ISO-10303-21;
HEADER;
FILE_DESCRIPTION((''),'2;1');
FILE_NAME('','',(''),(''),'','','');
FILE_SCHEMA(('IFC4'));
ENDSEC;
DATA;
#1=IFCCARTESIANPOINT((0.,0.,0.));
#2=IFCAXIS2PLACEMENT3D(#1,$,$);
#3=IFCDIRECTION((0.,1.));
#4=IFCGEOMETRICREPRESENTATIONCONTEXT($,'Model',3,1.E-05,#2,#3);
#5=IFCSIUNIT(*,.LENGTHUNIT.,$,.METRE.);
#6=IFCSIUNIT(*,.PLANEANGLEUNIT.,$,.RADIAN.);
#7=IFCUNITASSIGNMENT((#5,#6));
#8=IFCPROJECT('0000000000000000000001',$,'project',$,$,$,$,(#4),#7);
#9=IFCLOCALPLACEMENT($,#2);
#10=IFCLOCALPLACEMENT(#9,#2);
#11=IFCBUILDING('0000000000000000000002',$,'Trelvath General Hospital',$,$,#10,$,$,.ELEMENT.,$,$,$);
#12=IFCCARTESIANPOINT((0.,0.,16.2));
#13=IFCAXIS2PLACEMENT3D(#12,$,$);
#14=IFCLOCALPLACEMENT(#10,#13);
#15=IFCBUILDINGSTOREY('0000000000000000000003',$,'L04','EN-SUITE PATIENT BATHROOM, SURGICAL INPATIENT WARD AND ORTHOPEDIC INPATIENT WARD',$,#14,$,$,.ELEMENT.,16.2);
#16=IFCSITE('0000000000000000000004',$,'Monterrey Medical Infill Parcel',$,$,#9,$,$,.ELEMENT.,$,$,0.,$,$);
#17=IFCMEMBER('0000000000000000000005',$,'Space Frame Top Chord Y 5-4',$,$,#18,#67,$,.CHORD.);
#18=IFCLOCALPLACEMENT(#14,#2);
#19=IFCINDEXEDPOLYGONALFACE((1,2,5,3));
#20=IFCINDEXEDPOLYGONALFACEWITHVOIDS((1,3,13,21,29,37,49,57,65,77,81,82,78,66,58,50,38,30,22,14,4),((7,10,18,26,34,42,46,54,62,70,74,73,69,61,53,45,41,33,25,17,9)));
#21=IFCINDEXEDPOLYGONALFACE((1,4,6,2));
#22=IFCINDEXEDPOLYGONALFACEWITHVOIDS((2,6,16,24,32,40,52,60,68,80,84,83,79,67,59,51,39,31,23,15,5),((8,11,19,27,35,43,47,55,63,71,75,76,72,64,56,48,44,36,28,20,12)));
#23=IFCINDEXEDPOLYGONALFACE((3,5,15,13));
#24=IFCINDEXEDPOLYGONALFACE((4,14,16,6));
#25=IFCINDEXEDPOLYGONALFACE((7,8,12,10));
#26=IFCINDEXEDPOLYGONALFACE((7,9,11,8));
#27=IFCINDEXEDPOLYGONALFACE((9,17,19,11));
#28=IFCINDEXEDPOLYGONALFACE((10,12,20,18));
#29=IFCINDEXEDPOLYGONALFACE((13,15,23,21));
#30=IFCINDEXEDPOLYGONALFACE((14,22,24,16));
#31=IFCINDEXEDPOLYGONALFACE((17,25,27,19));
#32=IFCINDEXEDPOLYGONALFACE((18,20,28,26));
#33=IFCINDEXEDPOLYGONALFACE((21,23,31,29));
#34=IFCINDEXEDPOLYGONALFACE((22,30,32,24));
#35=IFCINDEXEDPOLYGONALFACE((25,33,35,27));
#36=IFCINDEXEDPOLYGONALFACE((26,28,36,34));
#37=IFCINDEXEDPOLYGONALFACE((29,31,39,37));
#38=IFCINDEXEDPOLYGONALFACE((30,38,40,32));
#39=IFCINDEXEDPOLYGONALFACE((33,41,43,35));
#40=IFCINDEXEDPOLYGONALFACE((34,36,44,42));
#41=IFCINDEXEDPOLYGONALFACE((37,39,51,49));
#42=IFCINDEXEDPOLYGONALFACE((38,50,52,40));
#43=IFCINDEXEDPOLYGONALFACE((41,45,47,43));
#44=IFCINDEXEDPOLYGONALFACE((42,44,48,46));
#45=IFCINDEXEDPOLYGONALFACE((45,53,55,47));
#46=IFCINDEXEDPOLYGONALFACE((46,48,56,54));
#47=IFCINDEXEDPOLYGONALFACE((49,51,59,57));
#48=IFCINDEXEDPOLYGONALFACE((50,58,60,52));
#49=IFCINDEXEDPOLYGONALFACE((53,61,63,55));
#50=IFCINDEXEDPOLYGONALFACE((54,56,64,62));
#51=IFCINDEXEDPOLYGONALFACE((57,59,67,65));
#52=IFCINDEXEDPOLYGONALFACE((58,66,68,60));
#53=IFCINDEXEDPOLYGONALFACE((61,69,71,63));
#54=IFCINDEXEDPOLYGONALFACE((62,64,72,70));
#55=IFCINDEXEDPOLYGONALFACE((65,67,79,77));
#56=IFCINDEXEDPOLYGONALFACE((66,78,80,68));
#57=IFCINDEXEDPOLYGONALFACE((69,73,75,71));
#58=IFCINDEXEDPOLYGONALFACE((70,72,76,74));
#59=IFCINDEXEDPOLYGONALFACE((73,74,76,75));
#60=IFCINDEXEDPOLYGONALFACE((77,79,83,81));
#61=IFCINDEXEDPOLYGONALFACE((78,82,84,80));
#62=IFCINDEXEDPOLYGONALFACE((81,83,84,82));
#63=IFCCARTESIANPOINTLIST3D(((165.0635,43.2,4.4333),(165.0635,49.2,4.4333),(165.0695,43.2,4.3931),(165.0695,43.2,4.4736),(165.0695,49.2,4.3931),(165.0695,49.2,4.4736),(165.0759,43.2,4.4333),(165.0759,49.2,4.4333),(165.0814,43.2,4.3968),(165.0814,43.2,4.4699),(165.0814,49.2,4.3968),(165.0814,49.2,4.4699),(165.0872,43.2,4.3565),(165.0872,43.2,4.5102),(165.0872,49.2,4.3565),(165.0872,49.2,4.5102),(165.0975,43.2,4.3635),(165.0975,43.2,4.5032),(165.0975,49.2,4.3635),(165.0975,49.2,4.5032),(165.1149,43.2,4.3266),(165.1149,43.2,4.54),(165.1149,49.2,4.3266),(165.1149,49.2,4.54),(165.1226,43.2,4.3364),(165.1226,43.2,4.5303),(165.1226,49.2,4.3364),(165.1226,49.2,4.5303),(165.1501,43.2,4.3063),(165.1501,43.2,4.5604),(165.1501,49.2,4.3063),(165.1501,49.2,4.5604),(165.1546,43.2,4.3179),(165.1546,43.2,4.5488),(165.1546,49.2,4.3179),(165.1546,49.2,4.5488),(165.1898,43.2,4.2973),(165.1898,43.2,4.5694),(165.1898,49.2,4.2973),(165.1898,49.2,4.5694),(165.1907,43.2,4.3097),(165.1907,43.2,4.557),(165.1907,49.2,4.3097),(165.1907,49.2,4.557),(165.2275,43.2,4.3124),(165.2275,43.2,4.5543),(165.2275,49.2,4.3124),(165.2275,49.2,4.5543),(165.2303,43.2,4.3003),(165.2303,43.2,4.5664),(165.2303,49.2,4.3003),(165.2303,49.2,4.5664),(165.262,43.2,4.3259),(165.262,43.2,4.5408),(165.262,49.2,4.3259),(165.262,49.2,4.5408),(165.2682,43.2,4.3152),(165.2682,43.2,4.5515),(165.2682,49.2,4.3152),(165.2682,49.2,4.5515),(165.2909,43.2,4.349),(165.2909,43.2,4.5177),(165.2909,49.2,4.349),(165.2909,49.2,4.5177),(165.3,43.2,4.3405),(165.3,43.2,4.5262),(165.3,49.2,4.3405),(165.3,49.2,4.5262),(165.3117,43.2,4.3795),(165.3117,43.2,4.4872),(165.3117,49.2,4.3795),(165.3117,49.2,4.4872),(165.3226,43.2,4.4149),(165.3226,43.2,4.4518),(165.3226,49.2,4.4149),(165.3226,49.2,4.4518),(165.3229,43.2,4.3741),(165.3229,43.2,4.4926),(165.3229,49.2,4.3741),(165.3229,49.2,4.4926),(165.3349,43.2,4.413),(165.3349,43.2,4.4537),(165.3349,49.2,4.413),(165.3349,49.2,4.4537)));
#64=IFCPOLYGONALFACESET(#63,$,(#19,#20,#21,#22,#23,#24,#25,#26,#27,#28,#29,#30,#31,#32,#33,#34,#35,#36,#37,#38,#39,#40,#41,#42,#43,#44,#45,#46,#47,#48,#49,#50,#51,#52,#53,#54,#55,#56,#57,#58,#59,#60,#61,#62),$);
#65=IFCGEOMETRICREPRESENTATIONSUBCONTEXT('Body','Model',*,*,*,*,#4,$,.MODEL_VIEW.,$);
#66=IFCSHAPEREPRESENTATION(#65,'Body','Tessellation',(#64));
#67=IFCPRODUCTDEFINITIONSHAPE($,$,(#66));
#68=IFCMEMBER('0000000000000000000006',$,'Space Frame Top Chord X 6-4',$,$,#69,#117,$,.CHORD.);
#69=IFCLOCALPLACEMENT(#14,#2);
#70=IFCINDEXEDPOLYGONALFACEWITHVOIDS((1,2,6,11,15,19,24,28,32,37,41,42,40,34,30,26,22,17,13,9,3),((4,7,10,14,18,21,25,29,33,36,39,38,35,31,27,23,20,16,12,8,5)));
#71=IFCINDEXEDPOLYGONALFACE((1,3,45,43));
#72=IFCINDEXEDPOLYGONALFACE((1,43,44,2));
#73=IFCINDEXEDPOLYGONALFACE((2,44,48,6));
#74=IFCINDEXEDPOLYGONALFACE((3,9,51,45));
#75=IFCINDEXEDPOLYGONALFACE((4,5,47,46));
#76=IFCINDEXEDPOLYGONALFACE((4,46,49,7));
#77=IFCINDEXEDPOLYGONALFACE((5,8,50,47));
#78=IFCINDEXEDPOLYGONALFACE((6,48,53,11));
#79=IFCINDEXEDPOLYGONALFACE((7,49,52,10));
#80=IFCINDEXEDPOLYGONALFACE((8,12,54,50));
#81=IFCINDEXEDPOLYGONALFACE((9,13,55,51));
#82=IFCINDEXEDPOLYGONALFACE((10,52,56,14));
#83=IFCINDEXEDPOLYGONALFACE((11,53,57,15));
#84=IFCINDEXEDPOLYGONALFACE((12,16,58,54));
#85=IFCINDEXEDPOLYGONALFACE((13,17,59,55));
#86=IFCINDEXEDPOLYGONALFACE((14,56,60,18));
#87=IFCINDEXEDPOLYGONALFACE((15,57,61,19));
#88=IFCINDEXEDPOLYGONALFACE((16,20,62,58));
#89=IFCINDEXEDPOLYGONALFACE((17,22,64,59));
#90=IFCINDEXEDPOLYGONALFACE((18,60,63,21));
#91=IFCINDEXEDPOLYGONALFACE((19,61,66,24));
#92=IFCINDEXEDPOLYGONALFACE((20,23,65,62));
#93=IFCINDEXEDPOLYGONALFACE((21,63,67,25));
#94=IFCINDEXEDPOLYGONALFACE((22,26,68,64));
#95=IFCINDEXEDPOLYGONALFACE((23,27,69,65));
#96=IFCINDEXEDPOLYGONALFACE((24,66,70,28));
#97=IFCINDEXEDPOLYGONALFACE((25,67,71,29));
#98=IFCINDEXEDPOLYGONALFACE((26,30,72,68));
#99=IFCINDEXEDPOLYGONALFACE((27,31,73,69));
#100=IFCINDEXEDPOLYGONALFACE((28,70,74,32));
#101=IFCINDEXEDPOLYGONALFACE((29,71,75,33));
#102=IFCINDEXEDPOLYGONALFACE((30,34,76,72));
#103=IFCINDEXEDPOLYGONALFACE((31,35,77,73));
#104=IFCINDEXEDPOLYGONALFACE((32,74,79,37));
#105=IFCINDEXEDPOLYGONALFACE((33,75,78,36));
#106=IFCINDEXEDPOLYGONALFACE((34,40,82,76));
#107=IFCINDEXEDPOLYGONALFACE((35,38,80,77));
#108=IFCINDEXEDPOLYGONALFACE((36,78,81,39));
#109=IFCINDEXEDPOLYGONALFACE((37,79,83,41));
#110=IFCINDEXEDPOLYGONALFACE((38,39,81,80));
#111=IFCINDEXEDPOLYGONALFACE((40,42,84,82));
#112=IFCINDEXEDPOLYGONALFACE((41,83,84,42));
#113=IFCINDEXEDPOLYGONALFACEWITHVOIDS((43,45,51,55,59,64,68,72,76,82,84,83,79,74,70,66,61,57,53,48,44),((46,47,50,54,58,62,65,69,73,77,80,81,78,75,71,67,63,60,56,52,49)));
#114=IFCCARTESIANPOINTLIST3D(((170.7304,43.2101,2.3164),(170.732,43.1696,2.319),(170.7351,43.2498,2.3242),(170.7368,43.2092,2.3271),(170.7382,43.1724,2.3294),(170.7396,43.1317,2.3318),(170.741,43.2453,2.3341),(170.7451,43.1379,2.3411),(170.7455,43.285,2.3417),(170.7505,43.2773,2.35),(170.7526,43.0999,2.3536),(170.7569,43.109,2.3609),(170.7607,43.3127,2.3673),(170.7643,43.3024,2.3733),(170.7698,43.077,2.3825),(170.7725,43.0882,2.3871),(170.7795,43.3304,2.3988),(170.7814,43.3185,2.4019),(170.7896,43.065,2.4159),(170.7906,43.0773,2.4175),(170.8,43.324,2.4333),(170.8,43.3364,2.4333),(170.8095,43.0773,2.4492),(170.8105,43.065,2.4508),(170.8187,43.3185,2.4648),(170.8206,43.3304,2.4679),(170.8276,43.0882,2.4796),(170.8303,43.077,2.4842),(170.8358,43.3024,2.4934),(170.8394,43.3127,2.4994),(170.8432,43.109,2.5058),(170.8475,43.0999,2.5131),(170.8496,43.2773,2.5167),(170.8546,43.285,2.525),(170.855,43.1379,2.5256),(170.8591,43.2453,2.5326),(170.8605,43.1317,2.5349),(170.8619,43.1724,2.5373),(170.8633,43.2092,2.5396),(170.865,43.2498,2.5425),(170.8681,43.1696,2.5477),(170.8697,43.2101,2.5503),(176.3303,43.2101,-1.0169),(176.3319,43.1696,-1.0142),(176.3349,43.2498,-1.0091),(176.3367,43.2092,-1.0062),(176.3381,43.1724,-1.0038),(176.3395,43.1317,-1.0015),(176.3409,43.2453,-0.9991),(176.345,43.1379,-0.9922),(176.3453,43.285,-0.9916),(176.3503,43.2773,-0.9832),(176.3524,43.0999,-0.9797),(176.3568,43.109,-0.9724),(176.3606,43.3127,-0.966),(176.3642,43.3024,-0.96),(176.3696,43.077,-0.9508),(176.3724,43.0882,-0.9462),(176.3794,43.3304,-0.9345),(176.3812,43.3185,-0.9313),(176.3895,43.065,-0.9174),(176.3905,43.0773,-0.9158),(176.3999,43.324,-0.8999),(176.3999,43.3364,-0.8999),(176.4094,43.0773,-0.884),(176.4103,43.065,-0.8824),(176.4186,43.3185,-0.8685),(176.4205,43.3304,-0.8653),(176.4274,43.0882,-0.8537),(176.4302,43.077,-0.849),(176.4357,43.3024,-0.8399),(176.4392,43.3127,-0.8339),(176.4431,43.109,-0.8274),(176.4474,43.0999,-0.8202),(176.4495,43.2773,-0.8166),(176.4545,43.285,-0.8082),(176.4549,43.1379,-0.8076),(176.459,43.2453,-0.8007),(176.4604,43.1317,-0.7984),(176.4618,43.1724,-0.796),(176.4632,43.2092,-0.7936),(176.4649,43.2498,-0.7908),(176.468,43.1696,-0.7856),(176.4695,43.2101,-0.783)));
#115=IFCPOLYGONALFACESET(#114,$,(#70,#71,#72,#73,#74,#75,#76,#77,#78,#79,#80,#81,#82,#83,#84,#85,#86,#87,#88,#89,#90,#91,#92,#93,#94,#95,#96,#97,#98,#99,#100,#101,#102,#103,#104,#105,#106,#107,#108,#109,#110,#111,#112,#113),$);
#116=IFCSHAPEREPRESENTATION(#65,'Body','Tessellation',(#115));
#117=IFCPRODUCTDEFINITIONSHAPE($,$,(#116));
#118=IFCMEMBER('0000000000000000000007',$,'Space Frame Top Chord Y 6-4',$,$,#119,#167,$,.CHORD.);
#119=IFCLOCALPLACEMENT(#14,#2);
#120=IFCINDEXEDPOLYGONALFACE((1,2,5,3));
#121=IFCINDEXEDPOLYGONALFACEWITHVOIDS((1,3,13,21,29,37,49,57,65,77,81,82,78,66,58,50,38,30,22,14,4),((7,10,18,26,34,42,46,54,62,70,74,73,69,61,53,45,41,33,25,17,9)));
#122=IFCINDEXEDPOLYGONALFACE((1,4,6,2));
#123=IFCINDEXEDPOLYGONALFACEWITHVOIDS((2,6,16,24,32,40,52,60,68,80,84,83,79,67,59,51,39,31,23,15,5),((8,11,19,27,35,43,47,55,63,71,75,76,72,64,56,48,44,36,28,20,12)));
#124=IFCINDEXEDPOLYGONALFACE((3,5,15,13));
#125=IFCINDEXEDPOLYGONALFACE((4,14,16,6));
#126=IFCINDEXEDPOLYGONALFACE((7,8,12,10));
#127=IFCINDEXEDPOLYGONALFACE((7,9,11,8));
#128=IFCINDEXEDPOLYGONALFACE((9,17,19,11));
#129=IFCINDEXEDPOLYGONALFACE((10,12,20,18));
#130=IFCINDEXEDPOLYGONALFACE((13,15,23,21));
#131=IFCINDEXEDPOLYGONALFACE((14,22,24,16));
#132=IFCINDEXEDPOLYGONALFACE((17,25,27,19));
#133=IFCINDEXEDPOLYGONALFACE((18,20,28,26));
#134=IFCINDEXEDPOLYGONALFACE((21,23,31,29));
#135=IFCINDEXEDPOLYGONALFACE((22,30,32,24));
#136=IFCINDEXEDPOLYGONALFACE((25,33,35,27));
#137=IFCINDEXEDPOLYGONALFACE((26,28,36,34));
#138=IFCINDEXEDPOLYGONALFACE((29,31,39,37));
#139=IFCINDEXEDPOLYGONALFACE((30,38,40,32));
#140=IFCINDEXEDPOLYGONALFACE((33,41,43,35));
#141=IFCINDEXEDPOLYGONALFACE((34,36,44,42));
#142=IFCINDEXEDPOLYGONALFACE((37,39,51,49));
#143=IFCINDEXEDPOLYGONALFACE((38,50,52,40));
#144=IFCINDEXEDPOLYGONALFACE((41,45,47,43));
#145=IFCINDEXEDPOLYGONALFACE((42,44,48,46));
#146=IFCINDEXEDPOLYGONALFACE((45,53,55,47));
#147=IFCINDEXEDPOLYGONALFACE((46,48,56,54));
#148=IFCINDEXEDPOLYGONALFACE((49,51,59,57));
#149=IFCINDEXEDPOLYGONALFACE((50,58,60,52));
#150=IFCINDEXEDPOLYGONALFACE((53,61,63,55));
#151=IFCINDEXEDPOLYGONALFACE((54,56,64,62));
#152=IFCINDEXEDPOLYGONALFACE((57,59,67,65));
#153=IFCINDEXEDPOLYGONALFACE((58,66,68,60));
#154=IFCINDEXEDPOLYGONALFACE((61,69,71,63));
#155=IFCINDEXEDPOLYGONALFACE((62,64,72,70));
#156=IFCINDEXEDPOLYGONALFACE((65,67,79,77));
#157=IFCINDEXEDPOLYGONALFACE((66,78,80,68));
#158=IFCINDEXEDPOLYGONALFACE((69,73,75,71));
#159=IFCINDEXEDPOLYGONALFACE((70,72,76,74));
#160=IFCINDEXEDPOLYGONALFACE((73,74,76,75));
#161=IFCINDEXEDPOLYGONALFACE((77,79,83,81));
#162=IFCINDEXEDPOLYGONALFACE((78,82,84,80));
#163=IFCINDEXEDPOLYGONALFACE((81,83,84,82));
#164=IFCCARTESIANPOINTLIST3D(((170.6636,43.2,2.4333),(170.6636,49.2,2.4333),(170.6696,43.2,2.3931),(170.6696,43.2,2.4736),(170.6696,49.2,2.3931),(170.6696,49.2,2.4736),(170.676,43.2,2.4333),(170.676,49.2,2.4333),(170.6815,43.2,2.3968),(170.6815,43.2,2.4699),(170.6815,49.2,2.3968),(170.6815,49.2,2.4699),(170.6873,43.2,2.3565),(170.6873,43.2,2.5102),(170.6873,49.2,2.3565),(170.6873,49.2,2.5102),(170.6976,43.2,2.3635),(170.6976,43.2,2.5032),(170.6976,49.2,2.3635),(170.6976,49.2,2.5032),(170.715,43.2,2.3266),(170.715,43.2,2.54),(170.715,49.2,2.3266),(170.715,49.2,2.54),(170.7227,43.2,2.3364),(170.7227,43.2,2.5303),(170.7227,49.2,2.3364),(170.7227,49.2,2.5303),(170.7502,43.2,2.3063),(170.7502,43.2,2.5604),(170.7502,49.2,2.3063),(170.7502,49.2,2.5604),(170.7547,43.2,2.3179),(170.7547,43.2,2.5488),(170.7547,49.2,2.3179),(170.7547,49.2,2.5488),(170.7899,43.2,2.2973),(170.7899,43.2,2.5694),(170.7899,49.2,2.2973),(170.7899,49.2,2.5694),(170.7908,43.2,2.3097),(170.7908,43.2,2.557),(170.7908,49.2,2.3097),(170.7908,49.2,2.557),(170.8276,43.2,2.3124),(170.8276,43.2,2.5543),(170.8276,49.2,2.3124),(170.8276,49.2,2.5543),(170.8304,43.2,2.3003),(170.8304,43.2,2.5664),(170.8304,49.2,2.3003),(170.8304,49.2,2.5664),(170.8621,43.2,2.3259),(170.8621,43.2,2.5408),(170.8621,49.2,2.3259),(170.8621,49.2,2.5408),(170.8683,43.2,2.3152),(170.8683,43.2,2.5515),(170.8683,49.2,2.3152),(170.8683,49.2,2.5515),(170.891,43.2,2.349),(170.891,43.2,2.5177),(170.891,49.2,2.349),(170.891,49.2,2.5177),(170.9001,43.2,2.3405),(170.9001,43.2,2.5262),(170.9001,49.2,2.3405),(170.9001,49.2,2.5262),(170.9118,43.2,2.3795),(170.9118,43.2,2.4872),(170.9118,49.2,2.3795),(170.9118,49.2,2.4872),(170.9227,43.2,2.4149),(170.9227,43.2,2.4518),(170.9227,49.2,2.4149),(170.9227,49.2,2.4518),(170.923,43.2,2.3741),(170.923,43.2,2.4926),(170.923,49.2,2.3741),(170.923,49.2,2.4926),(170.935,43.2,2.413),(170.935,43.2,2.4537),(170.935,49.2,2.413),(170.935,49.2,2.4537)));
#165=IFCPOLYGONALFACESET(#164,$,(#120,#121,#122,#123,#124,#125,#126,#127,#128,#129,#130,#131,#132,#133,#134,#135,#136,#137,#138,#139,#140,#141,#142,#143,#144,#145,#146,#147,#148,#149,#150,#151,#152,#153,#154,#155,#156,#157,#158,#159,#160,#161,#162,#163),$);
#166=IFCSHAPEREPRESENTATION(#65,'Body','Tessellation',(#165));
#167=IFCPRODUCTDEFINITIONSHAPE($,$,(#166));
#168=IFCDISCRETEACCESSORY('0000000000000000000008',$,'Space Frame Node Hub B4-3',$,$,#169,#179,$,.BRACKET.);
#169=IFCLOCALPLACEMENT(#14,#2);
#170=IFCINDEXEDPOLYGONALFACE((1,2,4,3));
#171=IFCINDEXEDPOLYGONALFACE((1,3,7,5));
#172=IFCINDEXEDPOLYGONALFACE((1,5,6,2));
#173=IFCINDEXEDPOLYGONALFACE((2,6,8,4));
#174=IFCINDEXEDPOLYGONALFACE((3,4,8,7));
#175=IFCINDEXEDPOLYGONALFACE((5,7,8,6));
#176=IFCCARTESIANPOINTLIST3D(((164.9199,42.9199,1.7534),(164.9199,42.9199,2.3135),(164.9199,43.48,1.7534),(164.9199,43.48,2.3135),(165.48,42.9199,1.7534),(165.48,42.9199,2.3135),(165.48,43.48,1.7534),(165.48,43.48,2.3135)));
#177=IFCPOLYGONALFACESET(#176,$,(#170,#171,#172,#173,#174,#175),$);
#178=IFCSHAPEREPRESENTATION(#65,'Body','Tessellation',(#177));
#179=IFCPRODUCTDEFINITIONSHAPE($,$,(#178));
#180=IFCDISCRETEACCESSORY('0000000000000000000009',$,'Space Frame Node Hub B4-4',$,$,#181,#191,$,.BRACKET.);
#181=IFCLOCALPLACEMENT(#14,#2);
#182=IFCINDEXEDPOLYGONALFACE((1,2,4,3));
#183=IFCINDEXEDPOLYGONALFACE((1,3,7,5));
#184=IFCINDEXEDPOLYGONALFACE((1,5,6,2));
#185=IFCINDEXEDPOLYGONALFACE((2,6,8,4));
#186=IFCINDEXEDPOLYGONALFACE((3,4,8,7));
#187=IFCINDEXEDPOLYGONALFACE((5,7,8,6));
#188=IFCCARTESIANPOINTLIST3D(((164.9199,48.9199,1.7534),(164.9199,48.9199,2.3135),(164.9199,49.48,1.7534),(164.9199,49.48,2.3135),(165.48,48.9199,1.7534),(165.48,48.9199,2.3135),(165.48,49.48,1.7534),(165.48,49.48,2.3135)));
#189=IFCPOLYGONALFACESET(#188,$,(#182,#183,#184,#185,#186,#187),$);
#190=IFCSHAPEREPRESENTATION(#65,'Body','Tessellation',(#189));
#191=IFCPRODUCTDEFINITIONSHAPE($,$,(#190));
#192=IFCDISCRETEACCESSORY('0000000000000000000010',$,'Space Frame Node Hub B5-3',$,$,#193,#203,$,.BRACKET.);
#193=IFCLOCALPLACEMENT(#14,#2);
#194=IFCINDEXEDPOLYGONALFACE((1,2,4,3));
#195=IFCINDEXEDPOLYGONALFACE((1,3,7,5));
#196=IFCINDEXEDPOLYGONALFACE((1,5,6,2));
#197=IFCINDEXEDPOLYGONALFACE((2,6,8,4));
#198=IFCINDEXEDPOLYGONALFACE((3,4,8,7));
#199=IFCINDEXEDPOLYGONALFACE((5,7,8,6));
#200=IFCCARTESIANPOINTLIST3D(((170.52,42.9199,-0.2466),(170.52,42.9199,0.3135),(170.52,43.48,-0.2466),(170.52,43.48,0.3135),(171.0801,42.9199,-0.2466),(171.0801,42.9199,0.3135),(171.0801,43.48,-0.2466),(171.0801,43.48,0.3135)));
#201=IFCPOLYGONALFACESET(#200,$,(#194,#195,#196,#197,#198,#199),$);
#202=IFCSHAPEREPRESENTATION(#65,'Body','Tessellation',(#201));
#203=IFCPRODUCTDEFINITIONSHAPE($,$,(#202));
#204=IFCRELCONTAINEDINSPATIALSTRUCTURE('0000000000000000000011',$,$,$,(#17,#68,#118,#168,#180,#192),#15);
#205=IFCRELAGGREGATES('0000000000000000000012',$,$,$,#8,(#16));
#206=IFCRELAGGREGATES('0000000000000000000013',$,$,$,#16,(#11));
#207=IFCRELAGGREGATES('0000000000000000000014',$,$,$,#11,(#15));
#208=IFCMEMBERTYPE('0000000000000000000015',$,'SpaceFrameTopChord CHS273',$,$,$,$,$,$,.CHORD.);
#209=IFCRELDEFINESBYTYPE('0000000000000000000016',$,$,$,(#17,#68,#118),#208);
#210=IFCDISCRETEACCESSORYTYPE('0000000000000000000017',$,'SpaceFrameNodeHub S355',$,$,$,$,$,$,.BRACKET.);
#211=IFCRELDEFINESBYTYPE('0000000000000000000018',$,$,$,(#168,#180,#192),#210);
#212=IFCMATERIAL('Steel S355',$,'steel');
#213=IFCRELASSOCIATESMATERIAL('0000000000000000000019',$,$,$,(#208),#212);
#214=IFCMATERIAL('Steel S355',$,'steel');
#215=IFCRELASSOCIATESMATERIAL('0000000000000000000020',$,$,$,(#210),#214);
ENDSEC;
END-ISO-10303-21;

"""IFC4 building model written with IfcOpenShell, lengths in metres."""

from ifc_helpers import new_model, si_unit, direction, frame, origin, origin_2d, place, context, subcontext, project, spatial, rectangle, hollow_circle, extrude, material, material_profile, profile_set, type_object, element, save


model = new_model("IFC4")

# Units and contexts
model_context = context("Model", 3, precision=1e-05, world=origin(), true_north=direction((0.0, 1.0)))
body_context = subcontext(model_context, "Body", "Model", "MODEL_VIEW")
ifc_project = project(units=[si_unit("LENGTHUNIT", "METRE"), si_unit("PLANEANGLEUNIT", "RADIAN")], contexts=[model_context])

# Site, building, storey
site_placement = place(None, origin())
site = spatial("IfcSite", under=ifc_project, at=site_placement, Name="Monterrey Medical Infill Parcel", CompositionType="ELEMENT", RefElevation=0.0)
building_placement = place(site_placement, origin())
building = spatial("IfcBuilding", under=site, at=building_placement, Name="Trelvath General Hospital", CompositionType="ELEMENT")
storey_placement = place(building_placement, frame((0.0, 0.0, 16.2)))
storey = spatial("IfcBuildingStorey", under=building, at=storey_placement, Name="L04", Description="EN-SUITE PATIENT BATHROOM, SURGICAL INPATIENT WARD AND ORTHOPEDIC INPATIENT WARD", CompositionType="ELEMENT", Elevation=16.2)

# Members
ifc_material_1 = material(Name="Steel S355", Category="steel")
ifc_material_profile_1 = material_profile(ifc_material_1, hollow_circle(Radius=0.1365, WallThickness=0.0125, at=origin_2d()), Name="CHS273.0x12.5")
ifc_profile_set_1 = profile_set([ifc_material_profile_1], Name="Steel S355")
member_type_1 = type_object("IfcMemberType", Name="SpaceFrameTopChord CHS273", PredefinedType="CHORD", material=ifc_profile_set_1)
member_1_placement = place(storey_placement, frame((165.2, 43.2, 4.4333), z_axis=(0.0, 1.0, 0.0), x_axis=(-1.0, 0.0, 0.0)))
element("IfcMember", 1, at=member_1_placement, inside=storey, type_object=member_type_1, Name="Space Frame Top Chord Y 5-4", PredefinedType="CHORD", context=body_context, shape_type="SweptSolid", body=[
    extrude(hollow_circle(Radius=0.1365, WallThickness=0.0125, at=origin_2d()), origin(), (0.0, 0.0, 1.0), 6.0),
])
member_2_placement = place(storey_placement, frame((170.8, 43.2, 2.4333), z_axis=(0.859292, 0.0, -0.511485), x_axis=(0.0, 1.0, 0.0)))
element("IfcMember", 2, at=member_2_placement, inside=storey, type_object=member_type_1, Name="Space Frame Top Chord X 6-4", PredefinedType="CHORD", context=body_context, shape_type="SweptSolid", body=[
    extrude(hollow_circle(Radius=0.1365, WallThickness=0.0125, at=origin_2d()), origin(), (0.0, 0.0, 1.0), 6.5168),
])
member_3_placement = place(storey_placement, frame((170.8, 43.2, 2.4333), z_axis=(0.0, 1.0, 0.0), x_axis=(-1.0, 0.0, 0.0)))
element("IfcMember", 3, at=member_3_placement, inside=storey, type_object=member_type_1, Name="Space Frame Top Chord Y 6-4", PredefinedType="CHORD", context=body_context, shape_type="SweptSolid", body=[
    extrude(hollow_circle(Radius=0.1365, WallThickness=0.0125, at=origin_2d()), origin(), (0.0, 0.0, 1.0), 6.0),
])

# Discrete accessories
ifc_material_2 = material(Name="Steel S355", Category="steel")
discrete_accessory_type = type_object("IfcDiscreteAccessoryType", Name="SpaceFrameNodeHub S355", PredefinedType="BRACKET", material=ifc_material_2)
for number, where, z_axis, x_axis, name in (
    (4, (165.2, 43.2, 1.7534), (0.0, 0.0, 1.0), (1.0, 0.0, 0.0), "Space Frame Node Hub B4-3"),
    (5, (165.2, 49.2, 1.7534), (0.0, 0.0, 1.0), (1.0, 0.0, 0.0), "Space Frame Node Hub B4-4"),
    (6, (170.8, 43.2, -0.2466), (0.0, 0.0, 1.0), (1.0, 0.0, 0.0), "Space Frame Node Hub B5-3"),
):
    element("IfcDiscreteAccessory", number, at=place(storey_placement, frame(where, z_axis=z_axis, x_axis=x_axis)), inside=storey, type_object=discrete_accessory_type, Name=name, PredefinedType="BRACKET", context=body_context, shape_type="SweptSolid", body=[
        extrude(rectangle(XDim=0.5601, YDim=0.5601, at=origin_2d()), origin(), (0.0, 0.0, 1.0), 0.5601),
    ])

save(model, "model.ifc")
